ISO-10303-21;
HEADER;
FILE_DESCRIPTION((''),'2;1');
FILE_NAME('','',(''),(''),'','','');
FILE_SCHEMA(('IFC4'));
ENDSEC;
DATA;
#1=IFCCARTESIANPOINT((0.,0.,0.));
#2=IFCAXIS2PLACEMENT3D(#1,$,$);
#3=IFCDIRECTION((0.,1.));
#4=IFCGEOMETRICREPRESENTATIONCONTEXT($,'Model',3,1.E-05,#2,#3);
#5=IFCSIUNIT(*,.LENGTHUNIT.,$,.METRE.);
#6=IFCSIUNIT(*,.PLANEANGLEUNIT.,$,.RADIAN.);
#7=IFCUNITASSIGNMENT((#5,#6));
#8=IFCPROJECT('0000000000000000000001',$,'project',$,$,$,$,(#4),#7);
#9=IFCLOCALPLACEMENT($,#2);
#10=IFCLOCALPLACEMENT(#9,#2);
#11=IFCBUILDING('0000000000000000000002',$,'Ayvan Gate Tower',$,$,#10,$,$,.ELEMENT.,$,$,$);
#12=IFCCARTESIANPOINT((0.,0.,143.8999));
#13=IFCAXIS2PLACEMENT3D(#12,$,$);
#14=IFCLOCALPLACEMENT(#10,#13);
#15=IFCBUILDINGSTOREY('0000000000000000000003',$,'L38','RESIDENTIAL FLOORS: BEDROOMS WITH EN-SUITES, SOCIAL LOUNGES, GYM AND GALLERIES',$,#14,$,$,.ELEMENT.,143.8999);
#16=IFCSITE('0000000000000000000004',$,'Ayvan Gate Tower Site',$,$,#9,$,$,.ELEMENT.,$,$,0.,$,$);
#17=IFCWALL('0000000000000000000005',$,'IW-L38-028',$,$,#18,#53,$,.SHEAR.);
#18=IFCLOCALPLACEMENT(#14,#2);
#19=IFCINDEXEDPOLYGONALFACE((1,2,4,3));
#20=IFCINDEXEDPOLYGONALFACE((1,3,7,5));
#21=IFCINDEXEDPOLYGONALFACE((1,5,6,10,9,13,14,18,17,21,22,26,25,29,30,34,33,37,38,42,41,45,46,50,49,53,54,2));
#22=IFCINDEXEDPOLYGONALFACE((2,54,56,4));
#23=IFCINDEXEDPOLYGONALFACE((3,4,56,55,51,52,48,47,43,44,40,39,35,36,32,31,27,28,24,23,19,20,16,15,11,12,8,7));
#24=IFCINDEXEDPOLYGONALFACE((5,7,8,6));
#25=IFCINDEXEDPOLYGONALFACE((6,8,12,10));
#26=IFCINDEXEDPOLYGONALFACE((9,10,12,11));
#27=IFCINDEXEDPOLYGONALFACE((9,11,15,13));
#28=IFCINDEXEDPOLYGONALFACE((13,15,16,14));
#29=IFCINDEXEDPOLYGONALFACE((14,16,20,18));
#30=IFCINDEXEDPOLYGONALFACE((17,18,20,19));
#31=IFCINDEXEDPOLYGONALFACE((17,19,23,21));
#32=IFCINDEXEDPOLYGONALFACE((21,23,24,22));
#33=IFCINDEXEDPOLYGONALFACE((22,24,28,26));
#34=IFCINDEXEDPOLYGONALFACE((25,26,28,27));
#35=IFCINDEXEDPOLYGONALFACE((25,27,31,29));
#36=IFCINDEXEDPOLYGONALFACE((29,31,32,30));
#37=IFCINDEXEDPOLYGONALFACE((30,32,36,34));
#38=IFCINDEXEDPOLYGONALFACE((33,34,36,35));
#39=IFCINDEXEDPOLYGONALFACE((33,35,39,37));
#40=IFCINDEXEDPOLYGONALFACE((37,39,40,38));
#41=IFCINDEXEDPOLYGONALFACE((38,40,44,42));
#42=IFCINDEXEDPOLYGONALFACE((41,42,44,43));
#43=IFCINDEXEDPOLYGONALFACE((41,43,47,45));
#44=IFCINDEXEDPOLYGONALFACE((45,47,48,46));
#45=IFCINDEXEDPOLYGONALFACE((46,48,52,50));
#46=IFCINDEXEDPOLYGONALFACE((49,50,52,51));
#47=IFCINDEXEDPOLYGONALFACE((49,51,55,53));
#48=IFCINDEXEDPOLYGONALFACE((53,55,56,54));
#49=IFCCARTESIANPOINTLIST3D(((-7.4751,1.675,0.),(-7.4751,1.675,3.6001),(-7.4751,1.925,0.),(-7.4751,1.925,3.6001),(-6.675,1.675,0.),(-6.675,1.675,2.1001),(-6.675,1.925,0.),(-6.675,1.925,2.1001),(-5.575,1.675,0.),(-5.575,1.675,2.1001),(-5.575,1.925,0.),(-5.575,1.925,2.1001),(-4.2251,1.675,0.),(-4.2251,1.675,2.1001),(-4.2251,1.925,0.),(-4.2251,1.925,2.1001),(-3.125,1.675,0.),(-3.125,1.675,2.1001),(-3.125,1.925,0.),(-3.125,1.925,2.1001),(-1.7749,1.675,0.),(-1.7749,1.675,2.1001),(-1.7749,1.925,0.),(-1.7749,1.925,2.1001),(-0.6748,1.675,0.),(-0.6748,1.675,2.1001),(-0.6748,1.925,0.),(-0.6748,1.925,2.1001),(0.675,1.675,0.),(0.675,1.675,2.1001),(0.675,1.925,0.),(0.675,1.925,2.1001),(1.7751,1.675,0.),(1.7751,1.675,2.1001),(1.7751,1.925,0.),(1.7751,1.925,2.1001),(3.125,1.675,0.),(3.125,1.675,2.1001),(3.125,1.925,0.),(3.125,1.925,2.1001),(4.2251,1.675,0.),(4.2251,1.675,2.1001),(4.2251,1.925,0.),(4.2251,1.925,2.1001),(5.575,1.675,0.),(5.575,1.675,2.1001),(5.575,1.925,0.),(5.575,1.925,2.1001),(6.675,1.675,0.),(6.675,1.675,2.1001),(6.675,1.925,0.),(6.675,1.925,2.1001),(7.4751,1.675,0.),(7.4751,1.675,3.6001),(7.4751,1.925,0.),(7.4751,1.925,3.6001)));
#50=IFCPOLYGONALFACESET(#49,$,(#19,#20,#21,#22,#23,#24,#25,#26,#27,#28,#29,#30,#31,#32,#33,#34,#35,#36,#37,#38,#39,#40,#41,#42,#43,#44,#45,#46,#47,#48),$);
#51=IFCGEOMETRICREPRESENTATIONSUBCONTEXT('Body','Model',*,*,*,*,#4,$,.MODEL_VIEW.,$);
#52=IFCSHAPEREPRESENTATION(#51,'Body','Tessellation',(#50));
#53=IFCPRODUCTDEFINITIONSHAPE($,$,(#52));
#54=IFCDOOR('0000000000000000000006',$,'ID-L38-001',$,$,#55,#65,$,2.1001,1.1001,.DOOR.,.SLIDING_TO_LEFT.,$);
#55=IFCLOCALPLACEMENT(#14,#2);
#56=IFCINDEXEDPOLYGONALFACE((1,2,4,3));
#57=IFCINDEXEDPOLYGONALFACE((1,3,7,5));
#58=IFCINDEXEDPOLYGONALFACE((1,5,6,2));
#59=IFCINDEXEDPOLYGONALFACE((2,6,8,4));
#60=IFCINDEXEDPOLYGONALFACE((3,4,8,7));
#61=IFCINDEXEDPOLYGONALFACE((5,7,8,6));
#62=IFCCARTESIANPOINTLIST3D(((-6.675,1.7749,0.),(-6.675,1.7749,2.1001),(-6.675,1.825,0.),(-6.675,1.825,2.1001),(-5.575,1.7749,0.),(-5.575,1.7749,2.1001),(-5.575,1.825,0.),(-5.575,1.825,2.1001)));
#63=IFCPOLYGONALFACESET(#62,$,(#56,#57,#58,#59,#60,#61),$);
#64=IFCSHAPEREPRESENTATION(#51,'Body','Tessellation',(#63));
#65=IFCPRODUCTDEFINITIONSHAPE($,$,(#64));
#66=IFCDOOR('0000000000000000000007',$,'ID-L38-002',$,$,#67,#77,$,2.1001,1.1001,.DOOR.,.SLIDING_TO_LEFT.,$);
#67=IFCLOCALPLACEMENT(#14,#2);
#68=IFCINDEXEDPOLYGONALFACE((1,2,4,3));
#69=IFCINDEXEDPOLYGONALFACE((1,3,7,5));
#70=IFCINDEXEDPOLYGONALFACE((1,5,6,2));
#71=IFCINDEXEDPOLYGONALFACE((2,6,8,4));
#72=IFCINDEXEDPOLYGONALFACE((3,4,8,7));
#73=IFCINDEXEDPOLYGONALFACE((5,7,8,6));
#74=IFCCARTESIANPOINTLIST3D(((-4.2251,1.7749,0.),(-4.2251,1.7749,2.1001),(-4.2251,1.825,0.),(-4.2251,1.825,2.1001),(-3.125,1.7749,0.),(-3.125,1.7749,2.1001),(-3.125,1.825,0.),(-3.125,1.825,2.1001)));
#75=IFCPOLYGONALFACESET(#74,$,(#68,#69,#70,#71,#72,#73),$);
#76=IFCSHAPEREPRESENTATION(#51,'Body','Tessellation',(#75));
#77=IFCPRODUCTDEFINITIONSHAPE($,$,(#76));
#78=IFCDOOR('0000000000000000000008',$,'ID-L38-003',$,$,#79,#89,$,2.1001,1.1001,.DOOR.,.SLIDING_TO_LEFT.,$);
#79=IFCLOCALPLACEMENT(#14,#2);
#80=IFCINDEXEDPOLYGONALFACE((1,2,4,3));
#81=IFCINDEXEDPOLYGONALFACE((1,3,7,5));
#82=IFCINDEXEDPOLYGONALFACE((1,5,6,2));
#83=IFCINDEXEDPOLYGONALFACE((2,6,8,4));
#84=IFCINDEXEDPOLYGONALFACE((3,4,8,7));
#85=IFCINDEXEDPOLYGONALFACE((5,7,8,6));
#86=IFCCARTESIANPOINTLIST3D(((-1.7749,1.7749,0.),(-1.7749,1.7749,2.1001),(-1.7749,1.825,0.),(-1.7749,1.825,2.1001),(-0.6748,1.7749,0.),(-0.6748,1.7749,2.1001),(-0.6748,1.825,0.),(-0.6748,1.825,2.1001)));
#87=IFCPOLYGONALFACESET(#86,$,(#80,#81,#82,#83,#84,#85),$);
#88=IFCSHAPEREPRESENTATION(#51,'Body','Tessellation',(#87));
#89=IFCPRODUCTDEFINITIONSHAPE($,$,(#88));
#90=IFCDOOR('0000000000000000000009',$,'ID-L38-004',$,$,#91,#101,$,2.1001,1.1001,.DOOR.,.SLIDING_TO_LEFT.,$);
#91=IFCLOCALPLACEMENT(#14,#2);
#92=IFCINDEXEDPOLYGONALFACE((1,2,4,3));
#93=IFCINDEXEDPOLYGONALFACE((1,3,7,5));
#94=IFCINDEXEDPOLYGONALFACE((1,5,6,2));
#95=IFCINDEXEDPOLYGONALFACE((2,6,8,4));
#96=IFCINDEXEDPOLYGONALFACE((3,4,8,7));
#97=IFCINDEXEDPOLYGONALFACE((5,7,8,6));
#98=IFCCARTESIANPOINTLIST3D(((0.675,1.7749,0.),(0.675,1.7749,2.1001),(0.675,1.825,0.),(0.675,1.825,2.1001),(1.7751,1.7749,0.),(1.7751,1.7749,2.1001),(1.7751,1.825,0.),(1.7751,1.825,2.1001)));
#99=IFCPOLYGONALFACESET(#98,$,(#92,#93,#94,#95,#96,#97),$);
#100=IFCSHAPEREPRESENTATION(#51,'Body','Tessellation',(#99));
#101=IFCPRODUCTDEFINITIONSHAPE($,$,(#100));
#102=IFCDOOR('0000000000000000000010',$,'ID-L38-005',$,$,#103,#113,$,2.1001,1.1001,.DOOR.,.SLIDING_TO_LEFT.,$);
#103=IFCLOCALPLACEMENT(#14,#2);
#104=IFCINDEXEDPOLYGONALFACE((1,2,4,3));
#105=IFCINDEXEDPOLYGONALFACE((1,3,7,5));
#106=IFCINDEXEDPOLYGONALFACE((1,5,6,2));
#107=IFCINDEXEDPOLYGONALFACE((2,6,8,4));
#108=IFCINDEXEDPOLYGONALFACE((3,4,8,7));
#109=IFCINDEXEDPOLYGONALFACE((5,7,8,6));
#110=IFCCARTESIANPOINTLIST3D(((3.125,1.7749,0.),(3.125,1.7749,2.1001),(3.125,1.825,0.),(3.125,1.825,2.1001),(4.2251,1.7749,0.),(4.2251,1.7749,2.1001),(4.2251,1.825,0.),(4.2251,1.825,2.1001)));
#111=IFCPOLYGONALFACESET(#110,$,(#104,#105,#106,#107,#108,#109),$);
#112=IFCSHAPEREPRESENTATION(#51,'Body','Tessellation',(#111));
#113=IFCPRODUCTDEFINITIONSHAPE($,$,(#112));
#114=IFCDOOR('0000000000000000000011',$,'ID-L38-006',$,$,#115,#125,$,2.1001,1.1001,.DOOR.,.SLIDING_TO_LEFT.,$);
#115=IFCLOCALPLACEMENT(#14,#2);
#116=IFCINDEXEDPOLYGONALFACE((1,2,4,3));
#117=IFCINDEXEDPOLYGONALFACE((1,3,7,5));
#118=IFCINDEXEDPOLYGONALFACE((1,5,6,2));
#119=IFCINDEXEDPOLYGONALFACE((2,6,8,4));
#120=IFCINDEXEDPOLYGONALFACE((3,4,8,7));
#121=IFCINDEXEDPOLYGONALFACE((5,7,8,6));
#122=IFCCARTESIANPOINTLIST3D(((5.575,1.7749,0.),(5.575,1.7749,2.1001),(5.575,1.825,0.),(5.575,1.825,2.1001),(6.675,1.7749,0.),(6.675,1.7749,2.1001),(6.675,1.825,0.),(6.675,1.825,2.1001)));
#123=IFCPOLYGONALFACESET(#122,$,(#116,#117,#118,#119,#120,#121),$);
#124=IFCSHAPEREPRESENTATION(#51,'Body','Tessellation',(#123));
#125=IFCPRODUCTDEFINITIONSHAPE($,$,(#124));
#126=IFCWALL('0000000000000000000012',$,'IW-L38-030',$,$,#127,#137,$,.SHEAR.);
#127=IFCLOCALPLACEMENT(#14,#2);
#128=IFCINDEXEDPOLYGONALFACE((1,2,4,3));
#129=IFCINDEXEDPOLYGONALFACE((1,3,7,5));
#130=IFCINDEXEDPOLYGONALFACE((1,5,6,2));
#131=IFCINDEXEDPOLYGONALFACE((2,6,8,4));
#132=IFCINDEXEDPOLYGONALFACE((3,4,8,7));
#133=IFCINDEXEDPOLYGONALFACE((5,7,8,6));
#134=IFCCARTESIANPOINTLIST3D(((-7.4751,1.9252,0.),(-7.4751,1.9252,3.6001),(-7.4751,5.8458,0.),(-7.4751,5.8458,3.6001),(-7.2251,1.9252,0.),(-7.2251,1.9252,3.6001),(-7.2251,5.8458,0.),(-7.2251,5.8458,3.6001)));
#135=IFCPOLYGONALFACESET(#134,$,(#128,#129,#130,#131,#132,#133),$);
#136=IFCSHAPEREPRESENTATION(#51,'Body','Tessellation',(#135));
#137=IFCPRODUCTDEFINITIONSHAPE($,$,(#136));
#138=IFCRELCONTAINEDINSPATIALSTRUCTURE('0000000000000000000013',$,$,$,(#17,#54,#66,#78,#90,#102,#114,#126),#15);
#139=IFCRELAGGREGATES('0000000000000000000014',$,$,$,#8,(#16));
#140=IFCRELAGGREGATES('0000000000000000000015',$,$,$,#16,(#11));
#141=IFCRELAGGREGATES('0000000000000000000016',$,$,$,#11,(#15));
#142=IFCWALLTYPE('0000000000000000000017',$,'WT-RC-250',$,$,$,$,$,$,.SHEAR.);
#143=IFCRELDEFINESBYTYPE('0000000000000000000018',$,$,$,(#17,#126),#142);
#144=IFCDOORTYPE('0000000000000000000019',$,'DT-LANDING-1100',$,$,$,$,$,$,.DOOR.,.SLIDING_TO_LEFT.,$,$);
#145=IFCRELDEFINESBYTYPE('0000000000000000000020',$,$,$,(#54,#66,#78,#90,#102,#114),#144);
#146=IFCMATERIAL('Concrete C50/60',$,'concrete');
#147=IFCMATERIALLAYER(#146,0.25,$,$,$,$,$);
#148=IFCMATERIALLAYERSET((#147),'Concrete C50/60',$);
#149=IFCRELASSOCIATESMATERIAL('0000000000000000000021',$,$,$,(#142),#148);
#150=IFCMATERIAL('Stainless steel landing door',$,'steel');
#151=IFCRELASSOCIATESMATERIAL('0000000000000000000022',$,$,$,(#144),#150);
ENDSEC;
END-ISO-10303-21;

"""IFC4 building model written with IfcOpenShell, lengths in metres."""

from ifc_helpers import new_model, si_unit, direction, frame, frame_2d, origin, place, context, subcontext, project, spatial, rectangle, extrude, material, layer, layer_set, type_object, element, fill, save


model = new_model("IFC4")

# Units and contexts
model_context = context("Model", 3, precision=1e-05, world=origin(), true_north=direction((0.0, 1.0)))
body_context = subcontext(model_context, "Body", "Model", "MODEL_VIEW")
ifc_project = project(units=[si_unit("LENGTHUNIT", "METRE"), si_unit("PLANEANGLEUNIT", "RADIAN")], contexts=[model_context])

# Site, building, storey
site_placement = place(None, origin())
site = spatial("IfcSite", under=ifc_project, at=site_placement, Name="Ayvan Gate Tower Site", CompositionType="ELEMENT", RefElevation=0.0)
building_placement = place(site_placement, origin())
building = spatial("IfcBuilding", under=site, at=building_placement, Name="Ayvan Gate Tower", CompositionType="ELEMENT")
storey_placement = place(building_placement, frame((0.0, 0.0, 143.8999)))
storey = spatial("IfcBuildingStorey", under=building, at=storey_placement, Name="L38", Description="RESIDENTIAL FLOORS: BEDROOMS WITH EN-SUITES, SOCIAL LOUNGES, GYM AND GALLERIES", CompositionType="ELEMENT", Elevation=143.8999)

# Wall, openings, doors
ifc_material_1 = material(Name="Concrete C50/60", Category="concrete")
ifc_layer_1 = layer(ifc_material_1, 0.25)
ifc_layer_set_1 = layer_set([ifc_layer_1], Name="Concrete C50/60")
wall_type_1 = type_object("IfcWallType", Name="WT-RC-250", PredefinedType="SHEAR", material=ifc_layer_set_1)
wall_1_placement = place(storey_placement, frame((-7.4751, 1.8, 0.0), z_axis=(0.0, 0.0, 1.0), x_axis=(1.0, 0.0, 0.0)))
wall_1 = element("IfcWall", 1, at=wall_1_placement, inside=storey, type_object=wall_type_1, Name="IW-L38-028", PredefinedType="SHEAR", context=body_context, shape_type="SweptSolid", body=[
    extrude(rectangle(XDim=14.9502, YDim=0.25, at=frame_2d((7.4751, 0.0))), origin(), (0.0, 0.0, 1.0), 3.6001),
])
opening_1_placement = place(wall_1_placement, frame((0.8, 0.0, 0.0)))
opening_1 = element("IfcOpeningElement", 2, at=opening_1_placement, cuts=wall_1, PredefinedType="OPENING", context=body_context, shape_type="SweptSolid", body=[
    extrude(rectangle(XDim=1.1001, YDim=2.1001, at=frame_2d((0.55, 1.05))), frame((0.0, 0.135, 0.0), z_axis=(0.0, -1.0, 0.0), x_axis=(1.0, 0.0, 0.0)), (0.0, 0.0, 1.0), 0.27),
])
opening_2_placement = place(wall_1_placement, frame((3.25, 0.0, 0.0)))
opening_2 = element("IfcOpeningElement", 3, at=opening_2_placement, cuts=wall_1, PredefinedType="OPENING", context=body_context, shape_type="SweptSolid", body=[
    extrude(rectangle(XDim=1.1001, YDim=2.1001, at=frame_2d((0.55, 1.05))), frame((0.0, 0.135, 0.0), z_axis=(0.0, -1.0, 0.0), x_axis=(1.0, 0.0, 0.0)), (0.0, 0.0, 1.0), 0.27),
])
opening_3_placement = place(wall_1_placement, frame((5.7002, 0.0, 0.0)))
opening_3 = element("IfcOpeningElement", 4, at=opening_3_placement, cuts=wall_1, PredefinedType="OPENING", context=body_context, shape_type="SweptSolid", body=[
    extrude(rectangle(XDim=1.1001, YDim=2.1001, at=frame_2d((0.55, 1.05))), frame((0.0, 0.135, 0.0), z_axis=(0.0, -1.0, 0.0), x_axis=(1.0, 0.0, 0.0)), (0.0, 0.0, 1.0), 0.27),
])
opening_4_placement = place(wall_1_placement, frame((8.1501, 0.0, 0.0)))
opening_4 = element("IfcOpeningElement", 5, at=opening_4_placement, cuts=wall_1, PredefinedType="OPENING", context=body_context, shape_type="SweptSolid", body=[
    extrude(rectangle(XDim=1.1001, YDim=2.1001, at=frame_2d((0.55, 1.05))), frame((0.0, 0.135, 0.0), z_axis=(0.0, -1.0, 0.0), x_axis=(1.0, 0.0, 0.0)), (0.0, 0.0, 1.0), 0.27),
])
opening_5_placement = place(wall_1_placement, frame((10.6001, 0.0, 0.0)))
opening_5 = element("IfcOpeningElement", 6, at=opening_5_placement, cuts=wall_1, PredefinedType="OPENING", context=body_context, shape_type="SweptSolid", body=[
    extrude(rectangle(XDim=1.1001, YDim=2.1001, at=frame_2d((0.55, 1.05))), frame((0.0, 0.135, 0.0), z_axis=(0.0, -1.0, 0.0), x_axis=(1.0, 0.0, 0.0)), (0.0, 0.0, 1.0), 0.27),
])
opening_6_placement = place(wall_1_placement, frame((13.05, 0.0, 0.0)))
opening_6 = element("IfcOpeningElement", 7, at=opening_6_placement, cuts=wall_1, PredefinedType="OPENING", context=body_context, shape_type="SweptSolid", body=[
    extrude(rectangle(XDim=1.1001, YDim=2.1001, at=frame_2d((0.55, 1.05))), frame((0.0, 0.135, 0.0), z_axis=(0.0, -1.0, 0.0), x_axis=(1.0, 0.0, 0.0)), (0.0, 0.0, 1.0), 0.27),
])
ifc_material_2 = material(Name="Stainless steel landing door", Category="steel")
door_type_1 = type_object("IfcDoorType", Name="DT-LANDING-1100", OperationType="SLIDING_TO_LEFT", PredefinedType="DOOR", material=ifc_material_2)
door_1_placement = place(opening_1_placement, origin())
door_1 = element("IfcDoor", 8, at=door_1_placement, inside=storey, type_object=door_type_1, Name="ID-L38-001", OperationType="SLIDING_TO_LEFT", OverallHeight=2.1001, OverallWidth=1.1001, PredefinedType="DOOR", context=body_context, shape_type="SweptSolid", body=[
    extrude(rectangle(XDim=1.1001, YDim=2.1001, at=frame_2d((0.55, 1.05))), frame((0.0, 0.0249, 0.0), z_axis=(0.0, -1.0, 0.0), x_axis=(1.0, 0.0, 0.0)), (0.0, 0.0, 1.0), 0.05),
])
fill(opening_1, door_1)
door_2_placement = place(opening_2_placement, origin())
door_2 = element("IfcDoor", 9, at=door_2_placement, inside=storey, type_object=door_type_1, Name="ID-L38-002", OperationType="SLIDING_TO_LEFT", OverallHeight=2.1001, OverallWidth=1.1001, PredefinedType="DOOR", context=body_context, shape_type="SweptSolid", body=[
    extrude(rectangle(XDim=1.1001, YDim=2.1001, at=frame_2d((0.55, 1.05))), frame((0.0, 0.0249, 0.0), z_axis=(0.0, -1.0, 0.0), x_axis=(1.0, 0.0, 0.0)), (0.0, 0.0, 1.0), 0.05),
])
fill(opening_2, door_2)
door_3_placement = place(opening_3_placement, origin())
door_3 = element("IfcDoor", 10, at=door_3_placement, inside=storey, type_object=door_type_1, Name="ID-L38-003", OperationType="SLIDING_TO_LEFT", OverallHeight=2.1001, OverallWidth=1.1001, PredefinedType="DOOR", context=body_context, shape_type="SweptSolid", body=[
    extrude(rectangle(XDim=1.1001, YDim=2.1001, at=frame_2d((0.55, 1.05))), frame((0.0, 0.0249, 0.0), z_axis=(0.0, -1.0, 0.0), x_axis=(1.0, 0.0, 0.0)), (0.0, 0.0, 1.0), 0.05),
])
fill(opening_3, door_3)
door_4_placement = place(opening_4_placement, origin())
door_4 = element("IfcDoor", 11, at=door_4_placement, inside=storey, type_object=door_type_1, Name="ID-L38-004", OperationType="SLIDING_TO_LEFT", OverallHeight=2.1001, OverallWidth=1.1001, PredefinedType="DOOR", context=body_context, shape_type="SweptSolid", body=[
    extrude(rectangle(XDim=1.1001, YDim=2.1001, at=frame_2d((0.55, 1.05))), frame((0.0, 0.0249, 0.0), z_axis=(0.0, -1.0, 0.0), x_axis=(1.0, 0.0, 0.0)), (0.0, 0.0, 1.0), 0.05),
])
fill(opening_4, door_4)
door_5_placement = place(opening_5_placement, origin())
door_5 = element("IfcDoor", 12, at=door_5_placement, inside=storey, type_object=door_type_1, Name="ID-L38-005", OperationType="SLIDING_TO_LEFT", OverallHeight=2.1001, OverallWidth=1.1001, PredefinedType="DOOR", context=body_context, shape_type="SweptSolid", body=[
    extrude(rectangle(XDim=1.1001, YDim=2.1001, at=frame_2d((0.55, 1.05))), frame((0.0, 0.0249, 0.0), z_axis=(0.0, -1.0, 0.0), x_axis=(1.0, 0.0, 0.0)), (0.0, 0.0, 1.0), 0.05),
])
fill(opening_5, door_5)
door_6_placement = place(opening_6_placement, origin())
door_6 = element("IfcDoor", 13, at=door_6_placement, inside=storey, type_object=door_type_1, Name="ID-L38-006", OperationType="SLIDING_TO_LEFT", OverallHeight=2.1001, OverallWidth=1.1001, PredefinedType="DOOR", context=body_context, shape_type="SweptSolid", body=[
    extrude(rectangle(XDim=1.1001, YDim=2.1001, at=frame_2d((0.55, 1.05))), frame((0.0, 0.0249, 0.0), z_axis=(0.0, -1.0, 0.0), x_axis=(1.0, 0.0, 0.0)), (0.0, 0.0, 1.0), 0.05),
])
fill(opening_6, door_6)

# Wall
wall_2_placement = place(storey_placement, frame((-7.3501, 1.925, 0.0), z_axis=(0.0, 0.0, 1.0), x_axis=(0.0, 1.0, 0.0)))
element("IfcWall", 14, at=wall_2_placement, inside=storey, type_object=wall_type_1, Name="IW-L38-030", PredefinedType="SHEAR", context=body_context, shape_type="SweptSolid", body=[
    extrude(rectangle(XDim=3.9207, YDim=0.25, at=frame_2d((1.9604, 0.0))), origin(), (0.0, 0.0, 1.0), 3.6001),
])

save(model, "model.ifc")
